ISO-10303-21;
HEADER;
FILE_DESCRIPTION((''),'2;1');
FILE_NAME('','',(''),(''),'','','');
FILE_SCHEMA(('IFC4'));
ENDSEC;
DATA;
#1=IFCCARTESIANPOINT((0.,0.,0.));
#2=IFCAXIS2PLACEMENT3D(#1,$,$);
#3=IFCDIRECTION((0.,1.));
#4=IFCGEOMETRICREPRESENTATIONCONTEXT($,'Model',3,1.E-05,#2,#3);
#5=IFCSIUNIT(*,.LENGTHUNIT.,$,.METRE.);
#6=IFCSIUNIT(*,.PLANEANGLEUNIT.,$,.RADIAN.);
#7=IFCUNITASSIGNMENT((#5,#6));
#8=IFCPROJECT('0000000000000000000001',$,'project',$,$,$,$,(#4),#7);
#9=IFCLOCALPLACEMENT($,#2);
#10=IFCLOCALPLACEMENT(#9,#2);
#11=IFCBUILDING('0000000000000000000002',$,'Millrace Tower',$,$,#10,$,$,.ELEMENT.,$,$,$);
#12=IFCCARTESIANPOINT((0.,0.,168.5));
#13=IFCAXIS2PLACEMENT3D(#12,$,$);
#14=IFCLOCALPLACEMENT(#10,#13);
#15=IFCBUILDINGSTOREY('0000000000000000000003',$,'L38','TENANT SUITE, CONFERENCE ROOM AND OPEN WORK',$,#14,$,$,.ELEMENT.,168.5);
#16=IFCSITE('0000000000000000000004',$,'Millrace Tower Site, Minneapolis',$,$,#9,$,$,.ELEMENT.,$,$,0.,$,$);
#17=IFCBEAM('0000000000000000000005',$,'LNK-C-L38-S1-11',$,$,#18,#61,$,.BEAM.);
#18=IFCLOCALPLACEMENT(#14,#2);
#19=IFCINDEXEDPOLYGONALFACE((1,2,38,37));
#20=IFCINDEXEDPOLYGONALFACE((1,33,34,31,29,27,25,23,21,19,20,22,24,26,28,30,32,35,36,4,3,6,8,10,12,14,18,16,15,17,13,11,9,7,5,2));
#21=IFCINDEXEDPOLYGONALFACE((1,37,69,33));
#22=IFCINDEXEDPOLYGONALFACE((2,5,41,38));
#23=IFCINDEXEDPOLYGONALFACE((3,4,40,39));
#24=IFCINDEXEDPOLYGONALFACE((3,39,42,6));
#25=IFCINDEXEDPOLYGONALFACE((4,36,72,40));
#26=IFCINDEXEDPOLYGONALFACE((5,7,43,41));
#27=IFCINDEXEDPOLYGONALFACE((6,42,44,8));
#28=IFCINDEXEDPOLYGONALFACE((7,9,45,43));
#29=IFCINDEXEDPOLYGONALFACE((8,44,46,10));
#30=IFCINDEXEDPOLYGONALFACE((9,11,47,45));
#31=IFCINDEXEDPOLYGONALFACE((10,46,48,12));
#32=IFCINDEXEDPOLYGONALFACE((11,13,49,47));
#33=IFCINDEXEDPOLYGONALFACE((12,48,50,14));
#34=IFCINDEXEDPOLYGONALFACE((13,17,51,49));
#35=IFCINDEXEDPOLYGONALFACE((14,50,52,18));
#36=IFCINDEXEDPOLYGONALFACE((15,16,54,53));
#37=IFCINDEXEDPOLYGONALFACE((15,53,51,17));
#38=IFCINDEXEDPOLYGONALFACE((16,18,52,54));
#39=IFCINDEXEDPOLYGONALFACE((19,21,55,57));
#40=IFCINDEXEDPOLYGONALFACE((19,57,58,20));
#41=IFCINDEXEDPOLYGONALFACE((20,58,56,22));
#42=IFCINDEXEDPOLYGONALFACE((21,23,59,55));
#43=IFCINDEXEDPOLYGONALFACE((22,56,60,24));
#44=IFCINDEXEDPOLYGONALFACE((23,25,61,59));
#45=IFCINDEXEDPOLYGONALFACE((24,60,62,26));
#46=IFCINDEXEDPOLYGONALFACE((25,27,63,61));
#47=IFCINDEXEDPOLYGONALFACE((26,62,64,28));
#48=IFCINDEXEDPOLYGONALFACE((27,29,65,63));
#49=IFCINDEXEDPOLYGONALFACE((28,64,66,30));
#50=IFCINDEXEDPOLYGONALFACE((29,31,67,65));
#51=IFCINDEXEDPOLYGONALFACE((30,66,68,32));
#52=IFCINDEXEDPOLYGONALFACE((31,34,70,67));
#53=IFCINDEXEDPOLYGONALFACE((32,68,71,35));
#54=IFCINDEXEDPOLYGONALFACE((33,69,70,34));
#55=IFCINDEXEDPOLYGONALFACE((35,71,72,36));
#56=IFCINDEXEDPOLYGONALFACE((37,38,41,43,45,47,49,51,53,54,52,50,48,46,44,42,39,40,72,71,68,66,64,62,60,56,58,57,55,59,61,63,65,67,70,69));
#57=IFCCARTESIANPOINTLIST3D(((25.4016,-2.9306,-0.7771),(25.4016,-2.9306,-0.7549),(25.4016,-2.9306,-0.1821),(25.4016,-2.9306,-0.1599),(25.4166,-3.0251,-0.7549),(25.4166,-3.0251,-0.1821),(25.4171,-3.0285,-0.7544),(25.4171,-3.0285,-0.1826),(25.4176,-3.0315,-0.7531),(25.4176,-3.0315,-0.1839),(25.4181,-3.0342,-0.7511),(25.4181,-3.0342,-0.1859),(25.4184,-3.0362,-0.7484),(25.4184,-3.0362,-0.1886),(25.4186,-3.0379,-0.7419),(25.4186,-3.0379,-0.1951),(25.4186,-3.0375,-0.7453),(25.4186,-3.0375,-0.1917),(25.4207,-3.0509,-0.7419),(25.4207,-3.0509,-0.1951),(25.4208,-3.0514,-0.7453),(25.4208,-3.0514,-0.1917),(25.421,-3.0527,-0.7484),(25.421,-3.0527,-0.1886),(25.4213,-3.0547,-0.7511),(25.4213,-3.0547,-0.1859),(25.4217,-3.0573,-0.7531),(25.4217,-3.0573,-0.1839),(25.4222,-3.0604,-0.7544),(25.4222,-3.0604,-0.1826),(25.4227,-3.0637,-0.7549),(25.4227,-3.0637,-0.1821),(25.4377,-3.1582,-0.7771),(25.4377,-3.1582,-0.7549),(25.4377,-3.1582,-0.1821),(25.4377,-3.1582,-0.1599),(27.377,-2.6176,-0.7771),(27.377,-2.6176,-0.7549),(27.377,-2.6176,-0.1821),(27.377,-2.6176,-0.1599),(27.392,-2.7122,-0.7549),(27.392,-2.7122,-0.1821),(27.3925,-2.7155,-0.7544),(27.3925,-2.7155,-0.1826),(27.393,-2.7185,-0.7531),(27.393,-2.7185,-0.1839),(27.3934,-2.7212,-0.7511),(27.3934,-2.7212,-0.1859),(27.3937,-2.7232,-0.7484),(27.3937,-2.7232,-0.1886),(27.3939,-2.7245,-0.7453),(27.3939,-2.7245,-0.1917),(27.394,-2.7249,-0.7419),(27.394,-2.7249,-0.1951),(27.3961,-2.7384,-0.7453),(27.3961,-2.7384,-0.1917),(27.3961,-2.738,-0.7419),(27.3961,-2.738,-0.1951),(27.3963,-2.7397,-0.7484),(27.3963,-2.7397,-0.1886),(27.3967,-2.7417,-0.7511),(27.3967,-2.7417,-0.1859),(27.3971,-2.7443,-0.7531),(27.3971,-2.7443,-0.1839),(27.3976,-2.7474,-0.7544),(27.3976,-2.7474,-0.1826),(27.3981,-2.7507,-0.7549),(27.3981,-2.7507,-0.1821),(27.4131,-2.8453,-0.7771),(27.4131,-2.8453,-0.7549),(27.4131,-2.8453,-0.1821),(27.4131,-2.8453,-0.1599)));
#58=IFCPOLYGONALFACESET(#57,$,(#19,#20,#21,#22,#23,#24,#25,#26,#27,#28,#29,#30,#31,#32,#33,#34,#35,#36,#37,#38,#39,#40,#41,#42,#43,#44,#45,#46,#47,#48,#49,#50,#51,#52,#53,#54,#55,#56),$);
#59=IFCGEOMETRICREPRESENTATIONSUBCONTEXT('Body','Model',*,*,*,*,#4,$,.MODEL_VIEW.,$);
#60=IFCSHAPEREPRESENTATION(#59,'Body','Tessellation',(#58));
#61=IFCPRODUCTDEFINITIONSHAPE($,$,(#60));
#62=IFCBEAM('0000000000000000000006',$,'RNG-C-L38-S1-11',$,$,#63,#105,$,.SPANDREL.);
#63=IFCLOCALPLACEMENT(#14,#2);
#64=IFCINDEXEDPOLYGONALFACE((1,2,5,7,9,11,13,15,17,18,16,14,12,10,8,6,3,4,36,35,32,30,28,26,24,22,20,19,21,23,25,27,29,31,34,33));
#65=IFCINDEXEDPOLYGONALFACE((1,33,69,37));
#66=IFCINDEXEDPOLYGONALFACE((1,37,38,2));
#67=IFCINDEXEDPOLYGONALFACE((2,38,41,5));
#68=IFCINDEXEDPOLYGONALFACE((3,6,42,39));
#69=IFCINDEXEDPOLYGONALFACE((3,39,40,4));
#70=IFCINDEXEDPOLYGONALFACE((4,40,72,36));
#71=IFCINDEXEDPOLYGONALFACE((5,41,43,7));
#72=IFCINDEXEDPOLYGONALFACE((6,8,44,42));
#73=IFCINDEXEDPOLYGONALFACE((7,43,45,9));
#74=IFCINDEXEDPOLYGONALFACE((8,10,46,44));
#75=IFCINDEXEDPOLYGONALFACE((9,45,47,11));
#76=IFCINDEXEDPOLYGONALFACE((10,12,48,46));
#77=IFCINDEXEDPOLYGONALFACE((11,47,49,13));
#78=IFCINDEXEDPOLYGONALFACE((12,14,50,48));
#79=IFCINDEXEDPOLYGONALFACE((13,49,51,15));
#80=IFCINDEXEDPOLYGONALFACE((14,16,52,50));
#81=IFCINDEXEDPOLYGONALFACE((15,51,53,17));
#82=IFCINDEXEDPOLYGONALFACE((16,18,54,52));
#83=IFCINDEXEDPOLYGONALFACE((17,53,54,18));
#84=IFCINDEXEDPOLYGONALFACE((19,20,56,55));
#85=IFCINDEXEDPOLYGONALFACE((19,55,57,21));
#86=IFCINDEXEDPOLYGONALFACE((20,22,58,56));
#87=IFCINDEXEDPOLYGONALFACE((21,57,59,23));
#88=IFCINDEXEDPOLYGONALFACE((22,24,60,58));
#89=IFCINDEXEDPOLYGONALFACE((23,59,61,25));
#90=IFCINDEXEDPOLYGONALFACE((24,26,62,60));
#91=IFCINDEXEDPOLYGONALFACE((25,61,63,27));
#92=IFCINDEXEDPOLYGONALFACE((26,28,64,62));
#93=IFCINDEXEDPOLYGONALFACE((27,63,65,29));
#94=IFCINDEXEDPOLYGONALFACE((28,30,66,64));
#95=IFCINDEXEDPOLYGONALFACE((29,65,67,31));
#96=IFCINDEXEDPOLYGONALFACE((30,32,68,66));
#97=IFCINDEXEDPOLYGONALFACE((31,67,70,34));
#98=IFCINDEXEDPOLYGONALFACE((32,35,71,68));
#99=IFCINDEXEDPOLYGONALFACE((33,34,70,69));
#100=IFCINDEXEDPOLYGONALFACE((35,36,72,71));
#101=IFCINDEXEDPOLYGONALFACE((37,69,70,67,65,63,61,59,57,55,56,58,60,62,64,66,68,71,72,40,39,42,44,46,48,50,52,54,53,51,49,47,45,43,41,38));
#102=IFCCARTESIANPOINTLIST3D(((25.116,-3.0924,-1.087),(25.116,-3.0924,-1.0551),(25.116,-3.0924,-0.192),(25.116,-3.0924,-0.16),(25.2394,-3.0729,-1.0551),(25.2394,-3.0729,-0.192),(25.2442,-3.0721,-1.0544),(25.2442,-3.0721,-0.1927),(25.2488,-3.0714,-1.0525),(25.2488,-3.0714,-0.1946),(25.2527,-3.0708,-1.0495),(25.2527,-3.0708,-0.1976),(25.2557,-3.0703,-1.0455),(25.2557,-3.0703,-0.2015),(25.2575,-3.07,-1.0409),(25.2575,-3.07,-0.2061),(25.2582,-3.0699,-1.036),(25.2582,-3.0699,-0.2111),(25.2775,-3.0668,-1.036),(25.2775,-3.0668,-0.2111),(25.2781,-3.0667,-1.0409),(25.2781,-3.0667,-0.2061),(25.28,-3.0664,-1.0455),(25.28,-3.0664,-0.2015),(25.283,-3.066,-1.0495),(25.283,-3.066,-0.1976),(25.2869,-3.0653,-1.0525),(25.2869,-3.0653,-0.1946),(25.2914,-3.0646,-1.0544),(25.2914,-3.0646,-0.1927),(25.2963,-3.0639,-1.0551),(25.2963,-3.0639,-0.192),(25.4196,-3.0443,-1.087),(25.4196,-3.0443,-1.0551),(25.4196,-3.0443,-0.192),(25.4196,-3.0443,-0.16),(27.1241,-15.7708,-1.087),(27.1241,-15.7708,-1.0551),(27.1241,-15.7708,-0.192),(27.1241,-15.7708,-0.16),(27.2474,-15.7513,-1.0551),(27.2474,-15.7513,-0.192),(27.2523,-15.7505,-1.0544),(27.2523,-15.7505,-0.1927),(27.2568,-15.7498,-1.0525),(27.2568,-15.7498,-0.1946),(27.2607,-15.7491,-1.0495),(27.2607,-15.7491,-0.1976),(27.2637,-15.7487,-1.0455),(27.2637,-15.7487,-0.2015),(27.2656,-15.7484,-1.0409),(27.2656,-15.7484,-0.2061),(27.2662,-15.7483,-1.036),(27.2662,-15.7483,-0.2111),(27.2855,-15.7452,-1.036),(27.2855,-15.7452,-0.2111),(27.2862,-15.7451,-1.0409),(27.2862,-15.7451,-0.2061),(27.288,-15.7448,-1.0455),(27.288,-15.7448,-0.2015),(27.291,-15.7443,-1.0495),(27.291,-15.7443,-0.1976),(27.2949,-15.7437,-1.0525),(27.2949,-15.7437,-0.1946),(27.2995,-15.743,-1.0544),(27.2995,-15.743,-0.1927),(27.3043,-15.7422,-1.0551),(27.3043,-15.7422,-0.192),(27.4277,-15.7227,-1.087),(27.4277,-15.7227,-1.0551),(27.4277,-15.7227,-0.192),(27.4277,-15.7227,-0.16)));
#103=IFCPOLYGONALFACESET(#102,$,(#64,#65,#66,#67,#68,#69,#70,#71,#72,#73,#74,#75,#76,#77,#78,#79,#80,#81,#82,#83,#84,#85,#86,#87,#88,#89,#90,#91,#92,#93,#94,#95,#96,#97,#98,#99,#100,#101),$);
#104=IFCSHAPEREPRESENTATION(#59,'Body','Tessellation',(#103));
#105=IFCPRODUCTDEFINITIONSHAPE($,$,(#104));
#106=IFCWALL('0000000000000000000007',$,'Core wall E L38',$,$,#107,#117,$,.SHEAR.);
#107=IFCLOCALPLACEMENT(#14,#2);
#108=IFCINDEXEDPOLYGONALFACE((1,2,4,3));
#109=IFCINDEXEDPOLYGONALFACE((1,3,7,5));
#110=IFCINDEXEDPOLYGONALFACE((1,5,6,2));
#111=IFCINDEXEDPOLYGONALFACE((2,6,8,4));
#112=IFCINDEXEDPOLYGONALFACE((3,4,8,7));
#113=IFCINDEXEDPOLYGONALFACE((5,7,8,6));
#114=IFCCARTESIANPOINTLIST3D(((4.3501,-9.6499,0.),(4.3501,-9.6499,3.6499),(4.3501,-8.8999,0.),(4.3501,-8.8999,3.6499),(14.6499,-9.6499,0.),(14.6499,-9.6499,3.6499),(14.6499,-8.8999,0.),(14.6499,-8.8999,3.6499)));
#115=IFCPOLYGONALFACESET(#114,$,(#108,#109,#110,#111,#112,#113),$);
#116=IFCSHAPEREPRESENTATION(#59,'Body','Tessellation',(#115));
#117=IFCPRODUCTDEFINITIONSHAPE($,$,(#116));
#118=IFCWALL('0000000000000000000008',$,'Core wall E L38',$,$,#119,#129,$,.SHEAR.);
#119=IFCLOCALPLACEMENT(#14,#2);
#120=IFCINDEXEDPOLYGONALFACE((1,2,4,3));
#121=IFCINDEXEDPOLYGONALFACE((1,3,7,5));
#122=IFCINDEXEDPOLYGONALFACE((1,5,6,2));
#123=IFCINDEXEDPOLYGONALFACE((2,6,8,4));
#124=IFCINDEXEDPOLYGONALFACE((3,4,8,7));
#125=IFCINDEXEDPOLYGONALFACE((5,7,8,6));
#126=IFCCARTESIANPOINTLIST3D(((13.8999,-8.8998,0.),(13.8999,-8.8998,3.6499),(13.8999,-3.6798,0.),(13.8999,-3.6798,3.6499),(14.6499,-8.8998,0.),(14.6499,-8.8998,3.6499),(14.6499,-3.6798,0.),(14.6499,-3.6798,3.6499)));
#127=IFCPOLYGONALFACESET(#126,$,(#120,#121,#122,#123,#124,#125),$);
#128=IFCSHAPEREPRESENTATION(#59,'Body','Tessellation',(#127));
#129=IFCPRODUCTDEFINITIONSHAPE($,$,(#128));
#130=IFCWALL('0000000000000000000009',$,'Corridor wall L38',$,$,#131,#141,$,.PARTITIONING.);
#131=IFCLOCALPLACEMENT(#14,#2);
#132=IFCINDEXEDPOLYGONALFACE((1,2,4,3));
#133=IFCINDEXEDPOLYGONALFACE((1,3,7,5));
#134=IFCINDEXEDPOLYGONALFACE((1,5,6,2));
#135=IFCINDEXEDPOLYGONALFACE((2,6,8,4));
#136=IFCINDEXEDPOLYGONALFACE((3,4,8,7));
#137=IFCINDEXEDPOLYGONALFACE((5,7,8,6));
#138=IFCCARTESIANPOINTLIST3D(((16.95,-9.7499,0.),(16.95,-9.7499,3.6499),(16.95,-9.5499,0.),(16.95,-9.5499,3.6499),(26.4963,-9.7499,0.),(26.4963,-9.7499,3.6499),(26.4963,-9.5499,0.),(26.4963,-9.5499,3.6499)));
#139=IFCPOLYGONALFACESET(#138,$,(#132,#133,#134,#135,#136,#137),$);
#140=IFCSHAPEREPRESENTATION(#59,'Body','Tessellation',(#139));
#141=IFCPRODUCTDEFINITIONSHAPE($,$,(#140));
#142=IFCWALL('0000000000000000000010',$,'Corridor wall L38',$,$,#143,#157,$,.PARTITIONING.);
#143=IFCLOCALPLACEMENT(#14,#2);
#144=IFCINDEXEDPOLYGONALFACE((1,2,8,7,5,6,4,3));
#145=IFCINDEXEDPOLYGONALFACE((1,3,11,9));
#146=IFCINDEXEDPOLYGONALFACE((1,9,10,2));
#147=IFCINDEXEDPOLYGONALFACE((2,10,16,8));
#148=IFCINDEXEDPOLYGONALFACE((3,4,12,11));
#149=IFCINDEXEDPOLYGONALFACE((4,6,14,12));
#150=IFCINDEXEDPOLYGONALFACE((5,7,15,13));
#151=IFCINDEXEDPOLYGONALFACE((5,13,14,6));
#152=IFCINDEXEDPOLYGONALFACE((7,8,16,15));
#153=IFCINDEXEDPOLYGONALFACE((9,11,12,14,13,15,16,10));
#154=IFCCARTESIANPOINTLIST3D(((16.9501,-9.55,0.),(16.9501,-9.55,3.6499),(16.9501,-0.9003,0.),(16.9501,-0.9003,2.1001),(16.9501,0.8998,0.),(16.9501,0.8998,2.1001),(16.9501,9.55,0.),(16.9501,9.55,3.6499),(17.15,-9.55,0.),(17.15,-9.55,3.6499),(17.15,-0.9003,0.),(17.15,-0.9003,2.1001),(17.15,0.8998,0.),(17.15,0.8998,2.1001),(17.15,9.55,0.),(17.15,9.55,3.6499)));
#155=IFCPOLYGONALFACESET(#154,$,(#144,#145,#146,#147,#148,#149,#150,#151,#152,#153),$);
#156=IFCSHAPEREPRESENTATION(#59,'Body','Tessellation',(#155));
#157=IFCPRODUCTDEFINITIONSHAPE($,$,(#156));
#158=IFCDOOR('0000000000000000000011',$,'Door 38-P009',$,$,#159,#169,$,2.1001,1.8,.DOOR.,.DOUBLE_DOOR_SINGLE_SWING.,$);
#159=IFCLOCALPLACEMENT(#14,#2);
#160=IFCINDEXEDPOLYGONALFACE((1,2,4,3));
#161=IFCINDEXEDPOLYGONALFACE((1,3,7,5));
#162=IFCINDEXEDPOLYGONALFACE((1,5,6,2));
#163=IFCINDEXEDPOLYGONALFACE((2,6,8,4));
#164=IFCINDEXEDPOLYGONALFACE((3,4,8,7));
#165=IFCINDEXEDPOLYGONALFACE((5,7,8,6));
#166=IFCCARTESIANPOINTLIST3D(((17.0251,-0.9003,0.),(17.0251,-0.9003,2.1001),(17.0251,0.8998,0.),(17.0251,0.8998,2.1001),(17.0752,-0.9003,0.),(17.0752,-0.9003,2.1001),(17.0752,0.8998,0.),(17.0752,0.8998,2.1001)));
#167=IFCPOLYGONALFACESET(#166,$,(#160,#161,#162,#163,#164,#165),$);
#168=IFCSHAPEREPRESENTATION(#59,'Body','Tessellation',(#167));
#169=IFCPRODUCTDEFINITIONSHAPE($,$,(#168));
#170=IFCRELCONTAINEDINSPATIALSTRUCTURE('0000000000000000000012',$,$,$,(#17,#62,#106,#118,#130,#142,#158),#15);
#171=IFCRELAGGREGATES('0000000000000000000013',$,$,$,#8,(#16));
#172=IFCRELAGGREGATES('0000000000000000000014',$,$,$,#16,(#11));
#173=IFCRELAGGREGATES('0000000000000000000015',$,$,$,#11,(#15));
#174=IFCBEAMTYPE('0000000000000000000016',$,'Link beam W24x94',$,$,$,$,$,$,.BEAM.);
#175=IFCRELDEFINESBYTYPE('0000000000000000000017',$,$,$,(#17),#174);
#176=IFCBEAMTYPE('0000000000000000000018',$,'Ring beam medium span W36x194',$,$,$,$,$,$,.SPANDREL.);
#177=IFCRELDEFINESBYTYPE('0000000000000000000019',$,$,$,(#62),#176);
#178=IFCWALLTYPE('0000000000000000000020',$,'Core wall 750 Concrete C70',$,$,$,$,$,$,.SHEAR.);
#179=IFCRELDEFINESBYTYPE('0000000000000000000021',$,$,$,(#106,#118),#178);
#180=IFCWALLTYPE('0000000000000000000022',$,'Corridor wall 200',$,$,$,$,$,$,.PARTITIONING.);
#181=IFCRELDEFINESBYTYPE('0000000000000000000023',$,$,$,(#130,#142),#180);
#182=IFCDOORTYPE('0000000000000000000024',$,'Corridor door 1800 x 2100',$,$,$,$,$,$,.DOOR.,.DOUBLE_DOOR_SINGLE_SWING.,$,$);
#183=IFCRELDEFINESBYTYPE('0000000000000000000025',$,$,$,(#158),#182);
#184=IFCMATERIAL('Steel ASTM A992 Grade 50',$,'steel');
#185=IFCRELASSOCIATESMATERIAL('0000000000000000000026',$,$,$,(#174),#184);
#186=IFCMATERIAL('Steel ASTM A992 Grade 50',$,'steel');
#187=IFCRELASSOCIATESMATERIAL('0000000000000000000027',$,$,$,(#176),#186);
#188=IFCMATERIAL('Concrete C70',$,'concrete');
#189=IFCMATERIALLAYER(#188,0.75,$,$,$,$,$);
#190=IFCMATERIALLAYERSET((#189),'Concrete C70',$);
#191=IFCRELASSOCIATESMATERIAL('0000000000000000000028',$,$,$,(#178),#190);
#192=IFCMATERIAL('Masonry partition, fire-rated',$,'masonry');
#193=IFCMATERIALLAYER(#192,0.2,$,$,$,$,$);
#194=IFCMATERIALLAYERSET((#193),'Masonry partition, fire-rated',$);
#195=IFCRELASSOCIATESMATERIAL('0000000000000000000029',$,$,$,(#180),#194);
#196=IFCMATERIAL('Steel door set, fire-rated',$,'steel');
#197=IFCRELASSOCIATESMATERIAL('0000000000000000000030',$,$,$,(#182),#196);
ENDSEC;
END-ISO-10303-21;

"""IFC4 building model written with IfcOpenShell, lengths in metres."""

from ifc_helpers import new_model, si_unit, direction, frame, frame_2d, origin, origin_2d, place, context, subcontext, project, spatial, rectangle, i_section, extrude, material, layer, layer_set, material_profile, profile_set, type_object, element, fill, save


model = new_model("IFC4")

# Units and contexts
model_context = context("Model", 3, precision=1e-05, world=origin(), true_north=direction((0.0, 1.0)))
body_context = subcontext(model_context, "Body", "Model", "MODEL_VIEW")
ifc_project = project(units=[si_unit("LENGTHUNIT", "METRE"), si_unit("PLANEANGLEUNIT", "RADIAN")], contexts=[model_context])

# Site, building, storey
site_placement = place(None, origin())
site = spatial("IfcSite", under=ifc_project, at=site_placement, Name="Millrace Tower Site, Minneapolis", CompositionType="ELEMENT", RefElevation=0.0)
building_placement = place(site_placement, origin())
building = spatial("IfcBuilding", under=site, at=building_placement, Name="Millrace Tower", CompositionType="ELEMENT")
storey_placement = place(building_placement, frame((0.0, 0.0, 168.5)))
storey = spatial("IfcBuildingStorey", under=building, at=storey_placement, Name="L38", Description="TENANT SUITE, CONFERENCE ROOM AND OPEN WORK", CompositionType="ELEMENT", Elevation=168.5)

# Beams
ifc_material_1 = material(Name="Steel ASTM A992 Grade 50", Category="steel")
ifc_material_profile_1 = material_profile(ifc_material_1, i_section(OverallWidth=0.2305, OverallDepth=0.6172, WebThickness=0.0132, FlangeThickness=0.0222, FilletRadius=0.0129, at=origin_2d()))
ifc_profile_set_1 = profile_set([ifc_material_profile_1], Name="Steel ASTM A992 Grade 50")
beam_type_1 = type_object("IfcBeamType", Name="Link beam W24x94", PredefinedType="BEAM", material=ifc_profile_set_1)
beam_1_placement = place(storey_placement, frame((25.4197, -3.0444, -0.4685), z_axis=(0.987679, 0.156495, 0.0), x_axis=(-0.156495, 0.987679, 0.0)))
element("IfcBeam", 1, at=beam_1_placement, inside=storey, type_object=beam_type_1, Name="LNK-C-L38-S1-11", PredefinedType="BEAM", context=body_context, shape_type="SweptSolid", body=[
    extrude(i_section(OverallWidth=0.2305, OverallDepth=0.6172, WebThickness=0.0132, FlangeThickness=0.0222, FilletRadius=0.0129, at=origin_2d()), origin(), (0.0, 0.0, 1.0), 2.0),
])
ifc_material_2 = material(Name="Steel ASTM A992 Grade 50", Category="steel")
ifc_material_profile_2 = material_profile(ifc_material_2, i_section(OverallWidth=0.3074, OverallDepth=0.927, WebThickness=0.0195, FlangeThickness=0.032, FilletRadius=0.019, at=origin_2d()))
ifc_profile_set_2 = profile_set([ifc_material_profile_2], Name="Steel ASTM A992 Grade 50")
beam_type_2 = type_object("IfcBeamType", Name="Ring beam medium span W36x194", PredefinedType="SPANDREL", material=ifc_profile_set_2)
beam_2_placement = place(storey_placement, frame((25.2678, -3.0684, -0.6235), z_axis=(0.156433, -0.987689, 0.0), x_axis=(0.987689, 0.156433, 0.0)))
element("IfcBeam", 2, at=beam_2_placement, inside=storey, type_object=beam_type_2, Name="RNG-C-L38-S1-11", PredefinedType="SPANDREL", context=body_context, shape_type="SweptSolid", body=[
    extrude(i_section(OverallWidth=0.3074, OverallDepth=0.927, WebThickness=0.0195, FlangeThickness=0.032, FilletRadius=0.019, at=origin_2d()), origin(), (0.0, 0.0, 1.0), 12.8364),
])

# Walls
ifc_material_3 = material(Name="Concrete C70", Category="concrete")
ifc_layer_1 = layer(ifc_material_3, 0.75)
ifc_layer_set_1 = layer_set([ifc_layer_1], Name="Concrete C70")
wall_type_1 = type_object("IfcWallType", Name="Core wall 750 Concrete C70", PredefinedType="SHEAR", material=ifc_layer_set_1)
wall_1_placement = place(storey_placement, frame((14.6499, -9.2749, 0.0), z_axis=(0.0, 0.0, 1.0), x_axis=(-1.0, 0.0, 0.0)))
element("IfcWall", 3, at=wall_1_placement, inside=storey, type_object=wall_type_1, Name="Core wall E L38", PredefinedType="SHEAR", context=body_context, shape_type="SweptSolid", body=[
    extrude(rectangle(XDim=10.2998, YDim=0.75, at=frame_2d((5.1499, 0.0))), origin(), (0.0, 0.0, 1.0), 3.6499),
])
wall_2_placement = place(storey_placement, frame((14.2749, -3.6799, 0.0), z_axis=(0.0, 0.0, 1.0), x_axis=(0.0, -1.0, 0.0)))
element("IfcWall", 4, at=wall_2_placement, inside=storey, type_object=wall_type_1, Name="Core wall E L38", PredefinedType="SHEAR", context=body_context, shape_type="SweptSolid", body=[
    extrude(rectangle(XDim=5.22, YDim=0.75, at=frame_2d((2.6099, 0.0))), origin(), (0.0, 0.0, 1.0), 3.6499),
])
ifc_material_4 = material(Name="Masonry partition, fire-rated", Category="masonry")
ifc_layer_2 = layer(ifc_material_4, 0.2)
ifc_layer_set_2 = layer_set([ifc_layer_2], Name="Masonry partition, fire-rated")
wall_type_2 = type_object("IfcWallType", Name="Corridor wall 200", PredefinedType="PARTITIONING", material=ifc_layer_set_2)
wall_3_placement = place(storey_placement, frame((16.95, -9.6499, 0.0), z_axis=(0.0, 0.0, 1.0), x_axis=(1.0, 0.0, 0.0)))
element("IfcWall", 5, at=wall_3_placement, inside=storey, type_object=wall_type_2, Name="Corridor wall L38", PredefinedType="PARTITIONING", context=body_context, shape_type="SweptSolid", body=[
    extrude(rectangle(XDim=9.5464, YDim=0.2, at=frame_2d((4.7732, 0.0))), origin(), (0.0, 0.0, 1.0), 3.6499),
])

# Wall, opening, door
wall_4_placement = place(storey_placement, frame((17.05, -9.55, 0.0), z_axis=(0.0, 0.0, 1.0), x_axis=(0.0, 1.0, 0.0)))
wall_4 = element("IfcWall", 6, at=wall_4_placement, inside=storey, type_object=wall_type_2, Name="Corridor wall L38", PredefinedType="PARTITIONING", context=body_context, shape_type="SweptSolid", body=[
    extrude(rectangle(XDim=19.1001, YDim=0.2, at=frame_2d((9.55, 0.0))), origin(), (0.0, 0.0, 1.0), 3.6499),
])
opening_1_placement = place(wall_4_placement, frame((8.6499, 0.0, 0.0)))
opening_1 = element("IfcOpeningElement", 7, at=opening_1_placement, cuts=wall_4, PredefinedType="OPENING", context=body_context, shape_type="SweptSolid", body=[
    extrude(rectangle(XDim=1.8, YDim=2.1001, at=frame_2d((0.8999, 1.05))), frame((0.0, 0.1099, 0.0), z_axis=(0.0, -1.0, 0.0), x_axis=(1.0, 0.0, 0.0)), (0.0, 0.0, 1.0), 0.22),
])
ifc_material_5 = material(Name="Steel door set, fire-rated", Category="steel")
door_type_1 = type_object("IfcDoorType", Name="Corridor door 1800 x 2100", OperationType="DOUBLE_DOOR_SINGLE_SWING", PredefinedType="DOOR", material=ifc_material_5)
door_1_placement = place(opening_1_placement, origin())
door_1 = element("IfcDoor", 8, at=door_1_placement, inside=storey, type_object=door_type_1, Name="Door 38-P009", OperationType="DOUBLE_DOOR_SINGLE_SWING", OverallHeight=2.1001, OverallWidth=1.8, PredefinedType="DOOR", context=body_context, shape_type="SweptSolid", body=[
    extrude(rectangle(XDim=1.8, YDim=2.1001, at=frame_2d((0.8999, 1.05))), frame((0.0, 0.0249, 0.0), z_axis=(0.0, -1.0, 0.0), x_axis=(1.0, 0.0, 0.0)), (0.0, 0.0, 1.0), 0.05),
])
fill(opening_1, door_1)

save(model, "model.ifc")
